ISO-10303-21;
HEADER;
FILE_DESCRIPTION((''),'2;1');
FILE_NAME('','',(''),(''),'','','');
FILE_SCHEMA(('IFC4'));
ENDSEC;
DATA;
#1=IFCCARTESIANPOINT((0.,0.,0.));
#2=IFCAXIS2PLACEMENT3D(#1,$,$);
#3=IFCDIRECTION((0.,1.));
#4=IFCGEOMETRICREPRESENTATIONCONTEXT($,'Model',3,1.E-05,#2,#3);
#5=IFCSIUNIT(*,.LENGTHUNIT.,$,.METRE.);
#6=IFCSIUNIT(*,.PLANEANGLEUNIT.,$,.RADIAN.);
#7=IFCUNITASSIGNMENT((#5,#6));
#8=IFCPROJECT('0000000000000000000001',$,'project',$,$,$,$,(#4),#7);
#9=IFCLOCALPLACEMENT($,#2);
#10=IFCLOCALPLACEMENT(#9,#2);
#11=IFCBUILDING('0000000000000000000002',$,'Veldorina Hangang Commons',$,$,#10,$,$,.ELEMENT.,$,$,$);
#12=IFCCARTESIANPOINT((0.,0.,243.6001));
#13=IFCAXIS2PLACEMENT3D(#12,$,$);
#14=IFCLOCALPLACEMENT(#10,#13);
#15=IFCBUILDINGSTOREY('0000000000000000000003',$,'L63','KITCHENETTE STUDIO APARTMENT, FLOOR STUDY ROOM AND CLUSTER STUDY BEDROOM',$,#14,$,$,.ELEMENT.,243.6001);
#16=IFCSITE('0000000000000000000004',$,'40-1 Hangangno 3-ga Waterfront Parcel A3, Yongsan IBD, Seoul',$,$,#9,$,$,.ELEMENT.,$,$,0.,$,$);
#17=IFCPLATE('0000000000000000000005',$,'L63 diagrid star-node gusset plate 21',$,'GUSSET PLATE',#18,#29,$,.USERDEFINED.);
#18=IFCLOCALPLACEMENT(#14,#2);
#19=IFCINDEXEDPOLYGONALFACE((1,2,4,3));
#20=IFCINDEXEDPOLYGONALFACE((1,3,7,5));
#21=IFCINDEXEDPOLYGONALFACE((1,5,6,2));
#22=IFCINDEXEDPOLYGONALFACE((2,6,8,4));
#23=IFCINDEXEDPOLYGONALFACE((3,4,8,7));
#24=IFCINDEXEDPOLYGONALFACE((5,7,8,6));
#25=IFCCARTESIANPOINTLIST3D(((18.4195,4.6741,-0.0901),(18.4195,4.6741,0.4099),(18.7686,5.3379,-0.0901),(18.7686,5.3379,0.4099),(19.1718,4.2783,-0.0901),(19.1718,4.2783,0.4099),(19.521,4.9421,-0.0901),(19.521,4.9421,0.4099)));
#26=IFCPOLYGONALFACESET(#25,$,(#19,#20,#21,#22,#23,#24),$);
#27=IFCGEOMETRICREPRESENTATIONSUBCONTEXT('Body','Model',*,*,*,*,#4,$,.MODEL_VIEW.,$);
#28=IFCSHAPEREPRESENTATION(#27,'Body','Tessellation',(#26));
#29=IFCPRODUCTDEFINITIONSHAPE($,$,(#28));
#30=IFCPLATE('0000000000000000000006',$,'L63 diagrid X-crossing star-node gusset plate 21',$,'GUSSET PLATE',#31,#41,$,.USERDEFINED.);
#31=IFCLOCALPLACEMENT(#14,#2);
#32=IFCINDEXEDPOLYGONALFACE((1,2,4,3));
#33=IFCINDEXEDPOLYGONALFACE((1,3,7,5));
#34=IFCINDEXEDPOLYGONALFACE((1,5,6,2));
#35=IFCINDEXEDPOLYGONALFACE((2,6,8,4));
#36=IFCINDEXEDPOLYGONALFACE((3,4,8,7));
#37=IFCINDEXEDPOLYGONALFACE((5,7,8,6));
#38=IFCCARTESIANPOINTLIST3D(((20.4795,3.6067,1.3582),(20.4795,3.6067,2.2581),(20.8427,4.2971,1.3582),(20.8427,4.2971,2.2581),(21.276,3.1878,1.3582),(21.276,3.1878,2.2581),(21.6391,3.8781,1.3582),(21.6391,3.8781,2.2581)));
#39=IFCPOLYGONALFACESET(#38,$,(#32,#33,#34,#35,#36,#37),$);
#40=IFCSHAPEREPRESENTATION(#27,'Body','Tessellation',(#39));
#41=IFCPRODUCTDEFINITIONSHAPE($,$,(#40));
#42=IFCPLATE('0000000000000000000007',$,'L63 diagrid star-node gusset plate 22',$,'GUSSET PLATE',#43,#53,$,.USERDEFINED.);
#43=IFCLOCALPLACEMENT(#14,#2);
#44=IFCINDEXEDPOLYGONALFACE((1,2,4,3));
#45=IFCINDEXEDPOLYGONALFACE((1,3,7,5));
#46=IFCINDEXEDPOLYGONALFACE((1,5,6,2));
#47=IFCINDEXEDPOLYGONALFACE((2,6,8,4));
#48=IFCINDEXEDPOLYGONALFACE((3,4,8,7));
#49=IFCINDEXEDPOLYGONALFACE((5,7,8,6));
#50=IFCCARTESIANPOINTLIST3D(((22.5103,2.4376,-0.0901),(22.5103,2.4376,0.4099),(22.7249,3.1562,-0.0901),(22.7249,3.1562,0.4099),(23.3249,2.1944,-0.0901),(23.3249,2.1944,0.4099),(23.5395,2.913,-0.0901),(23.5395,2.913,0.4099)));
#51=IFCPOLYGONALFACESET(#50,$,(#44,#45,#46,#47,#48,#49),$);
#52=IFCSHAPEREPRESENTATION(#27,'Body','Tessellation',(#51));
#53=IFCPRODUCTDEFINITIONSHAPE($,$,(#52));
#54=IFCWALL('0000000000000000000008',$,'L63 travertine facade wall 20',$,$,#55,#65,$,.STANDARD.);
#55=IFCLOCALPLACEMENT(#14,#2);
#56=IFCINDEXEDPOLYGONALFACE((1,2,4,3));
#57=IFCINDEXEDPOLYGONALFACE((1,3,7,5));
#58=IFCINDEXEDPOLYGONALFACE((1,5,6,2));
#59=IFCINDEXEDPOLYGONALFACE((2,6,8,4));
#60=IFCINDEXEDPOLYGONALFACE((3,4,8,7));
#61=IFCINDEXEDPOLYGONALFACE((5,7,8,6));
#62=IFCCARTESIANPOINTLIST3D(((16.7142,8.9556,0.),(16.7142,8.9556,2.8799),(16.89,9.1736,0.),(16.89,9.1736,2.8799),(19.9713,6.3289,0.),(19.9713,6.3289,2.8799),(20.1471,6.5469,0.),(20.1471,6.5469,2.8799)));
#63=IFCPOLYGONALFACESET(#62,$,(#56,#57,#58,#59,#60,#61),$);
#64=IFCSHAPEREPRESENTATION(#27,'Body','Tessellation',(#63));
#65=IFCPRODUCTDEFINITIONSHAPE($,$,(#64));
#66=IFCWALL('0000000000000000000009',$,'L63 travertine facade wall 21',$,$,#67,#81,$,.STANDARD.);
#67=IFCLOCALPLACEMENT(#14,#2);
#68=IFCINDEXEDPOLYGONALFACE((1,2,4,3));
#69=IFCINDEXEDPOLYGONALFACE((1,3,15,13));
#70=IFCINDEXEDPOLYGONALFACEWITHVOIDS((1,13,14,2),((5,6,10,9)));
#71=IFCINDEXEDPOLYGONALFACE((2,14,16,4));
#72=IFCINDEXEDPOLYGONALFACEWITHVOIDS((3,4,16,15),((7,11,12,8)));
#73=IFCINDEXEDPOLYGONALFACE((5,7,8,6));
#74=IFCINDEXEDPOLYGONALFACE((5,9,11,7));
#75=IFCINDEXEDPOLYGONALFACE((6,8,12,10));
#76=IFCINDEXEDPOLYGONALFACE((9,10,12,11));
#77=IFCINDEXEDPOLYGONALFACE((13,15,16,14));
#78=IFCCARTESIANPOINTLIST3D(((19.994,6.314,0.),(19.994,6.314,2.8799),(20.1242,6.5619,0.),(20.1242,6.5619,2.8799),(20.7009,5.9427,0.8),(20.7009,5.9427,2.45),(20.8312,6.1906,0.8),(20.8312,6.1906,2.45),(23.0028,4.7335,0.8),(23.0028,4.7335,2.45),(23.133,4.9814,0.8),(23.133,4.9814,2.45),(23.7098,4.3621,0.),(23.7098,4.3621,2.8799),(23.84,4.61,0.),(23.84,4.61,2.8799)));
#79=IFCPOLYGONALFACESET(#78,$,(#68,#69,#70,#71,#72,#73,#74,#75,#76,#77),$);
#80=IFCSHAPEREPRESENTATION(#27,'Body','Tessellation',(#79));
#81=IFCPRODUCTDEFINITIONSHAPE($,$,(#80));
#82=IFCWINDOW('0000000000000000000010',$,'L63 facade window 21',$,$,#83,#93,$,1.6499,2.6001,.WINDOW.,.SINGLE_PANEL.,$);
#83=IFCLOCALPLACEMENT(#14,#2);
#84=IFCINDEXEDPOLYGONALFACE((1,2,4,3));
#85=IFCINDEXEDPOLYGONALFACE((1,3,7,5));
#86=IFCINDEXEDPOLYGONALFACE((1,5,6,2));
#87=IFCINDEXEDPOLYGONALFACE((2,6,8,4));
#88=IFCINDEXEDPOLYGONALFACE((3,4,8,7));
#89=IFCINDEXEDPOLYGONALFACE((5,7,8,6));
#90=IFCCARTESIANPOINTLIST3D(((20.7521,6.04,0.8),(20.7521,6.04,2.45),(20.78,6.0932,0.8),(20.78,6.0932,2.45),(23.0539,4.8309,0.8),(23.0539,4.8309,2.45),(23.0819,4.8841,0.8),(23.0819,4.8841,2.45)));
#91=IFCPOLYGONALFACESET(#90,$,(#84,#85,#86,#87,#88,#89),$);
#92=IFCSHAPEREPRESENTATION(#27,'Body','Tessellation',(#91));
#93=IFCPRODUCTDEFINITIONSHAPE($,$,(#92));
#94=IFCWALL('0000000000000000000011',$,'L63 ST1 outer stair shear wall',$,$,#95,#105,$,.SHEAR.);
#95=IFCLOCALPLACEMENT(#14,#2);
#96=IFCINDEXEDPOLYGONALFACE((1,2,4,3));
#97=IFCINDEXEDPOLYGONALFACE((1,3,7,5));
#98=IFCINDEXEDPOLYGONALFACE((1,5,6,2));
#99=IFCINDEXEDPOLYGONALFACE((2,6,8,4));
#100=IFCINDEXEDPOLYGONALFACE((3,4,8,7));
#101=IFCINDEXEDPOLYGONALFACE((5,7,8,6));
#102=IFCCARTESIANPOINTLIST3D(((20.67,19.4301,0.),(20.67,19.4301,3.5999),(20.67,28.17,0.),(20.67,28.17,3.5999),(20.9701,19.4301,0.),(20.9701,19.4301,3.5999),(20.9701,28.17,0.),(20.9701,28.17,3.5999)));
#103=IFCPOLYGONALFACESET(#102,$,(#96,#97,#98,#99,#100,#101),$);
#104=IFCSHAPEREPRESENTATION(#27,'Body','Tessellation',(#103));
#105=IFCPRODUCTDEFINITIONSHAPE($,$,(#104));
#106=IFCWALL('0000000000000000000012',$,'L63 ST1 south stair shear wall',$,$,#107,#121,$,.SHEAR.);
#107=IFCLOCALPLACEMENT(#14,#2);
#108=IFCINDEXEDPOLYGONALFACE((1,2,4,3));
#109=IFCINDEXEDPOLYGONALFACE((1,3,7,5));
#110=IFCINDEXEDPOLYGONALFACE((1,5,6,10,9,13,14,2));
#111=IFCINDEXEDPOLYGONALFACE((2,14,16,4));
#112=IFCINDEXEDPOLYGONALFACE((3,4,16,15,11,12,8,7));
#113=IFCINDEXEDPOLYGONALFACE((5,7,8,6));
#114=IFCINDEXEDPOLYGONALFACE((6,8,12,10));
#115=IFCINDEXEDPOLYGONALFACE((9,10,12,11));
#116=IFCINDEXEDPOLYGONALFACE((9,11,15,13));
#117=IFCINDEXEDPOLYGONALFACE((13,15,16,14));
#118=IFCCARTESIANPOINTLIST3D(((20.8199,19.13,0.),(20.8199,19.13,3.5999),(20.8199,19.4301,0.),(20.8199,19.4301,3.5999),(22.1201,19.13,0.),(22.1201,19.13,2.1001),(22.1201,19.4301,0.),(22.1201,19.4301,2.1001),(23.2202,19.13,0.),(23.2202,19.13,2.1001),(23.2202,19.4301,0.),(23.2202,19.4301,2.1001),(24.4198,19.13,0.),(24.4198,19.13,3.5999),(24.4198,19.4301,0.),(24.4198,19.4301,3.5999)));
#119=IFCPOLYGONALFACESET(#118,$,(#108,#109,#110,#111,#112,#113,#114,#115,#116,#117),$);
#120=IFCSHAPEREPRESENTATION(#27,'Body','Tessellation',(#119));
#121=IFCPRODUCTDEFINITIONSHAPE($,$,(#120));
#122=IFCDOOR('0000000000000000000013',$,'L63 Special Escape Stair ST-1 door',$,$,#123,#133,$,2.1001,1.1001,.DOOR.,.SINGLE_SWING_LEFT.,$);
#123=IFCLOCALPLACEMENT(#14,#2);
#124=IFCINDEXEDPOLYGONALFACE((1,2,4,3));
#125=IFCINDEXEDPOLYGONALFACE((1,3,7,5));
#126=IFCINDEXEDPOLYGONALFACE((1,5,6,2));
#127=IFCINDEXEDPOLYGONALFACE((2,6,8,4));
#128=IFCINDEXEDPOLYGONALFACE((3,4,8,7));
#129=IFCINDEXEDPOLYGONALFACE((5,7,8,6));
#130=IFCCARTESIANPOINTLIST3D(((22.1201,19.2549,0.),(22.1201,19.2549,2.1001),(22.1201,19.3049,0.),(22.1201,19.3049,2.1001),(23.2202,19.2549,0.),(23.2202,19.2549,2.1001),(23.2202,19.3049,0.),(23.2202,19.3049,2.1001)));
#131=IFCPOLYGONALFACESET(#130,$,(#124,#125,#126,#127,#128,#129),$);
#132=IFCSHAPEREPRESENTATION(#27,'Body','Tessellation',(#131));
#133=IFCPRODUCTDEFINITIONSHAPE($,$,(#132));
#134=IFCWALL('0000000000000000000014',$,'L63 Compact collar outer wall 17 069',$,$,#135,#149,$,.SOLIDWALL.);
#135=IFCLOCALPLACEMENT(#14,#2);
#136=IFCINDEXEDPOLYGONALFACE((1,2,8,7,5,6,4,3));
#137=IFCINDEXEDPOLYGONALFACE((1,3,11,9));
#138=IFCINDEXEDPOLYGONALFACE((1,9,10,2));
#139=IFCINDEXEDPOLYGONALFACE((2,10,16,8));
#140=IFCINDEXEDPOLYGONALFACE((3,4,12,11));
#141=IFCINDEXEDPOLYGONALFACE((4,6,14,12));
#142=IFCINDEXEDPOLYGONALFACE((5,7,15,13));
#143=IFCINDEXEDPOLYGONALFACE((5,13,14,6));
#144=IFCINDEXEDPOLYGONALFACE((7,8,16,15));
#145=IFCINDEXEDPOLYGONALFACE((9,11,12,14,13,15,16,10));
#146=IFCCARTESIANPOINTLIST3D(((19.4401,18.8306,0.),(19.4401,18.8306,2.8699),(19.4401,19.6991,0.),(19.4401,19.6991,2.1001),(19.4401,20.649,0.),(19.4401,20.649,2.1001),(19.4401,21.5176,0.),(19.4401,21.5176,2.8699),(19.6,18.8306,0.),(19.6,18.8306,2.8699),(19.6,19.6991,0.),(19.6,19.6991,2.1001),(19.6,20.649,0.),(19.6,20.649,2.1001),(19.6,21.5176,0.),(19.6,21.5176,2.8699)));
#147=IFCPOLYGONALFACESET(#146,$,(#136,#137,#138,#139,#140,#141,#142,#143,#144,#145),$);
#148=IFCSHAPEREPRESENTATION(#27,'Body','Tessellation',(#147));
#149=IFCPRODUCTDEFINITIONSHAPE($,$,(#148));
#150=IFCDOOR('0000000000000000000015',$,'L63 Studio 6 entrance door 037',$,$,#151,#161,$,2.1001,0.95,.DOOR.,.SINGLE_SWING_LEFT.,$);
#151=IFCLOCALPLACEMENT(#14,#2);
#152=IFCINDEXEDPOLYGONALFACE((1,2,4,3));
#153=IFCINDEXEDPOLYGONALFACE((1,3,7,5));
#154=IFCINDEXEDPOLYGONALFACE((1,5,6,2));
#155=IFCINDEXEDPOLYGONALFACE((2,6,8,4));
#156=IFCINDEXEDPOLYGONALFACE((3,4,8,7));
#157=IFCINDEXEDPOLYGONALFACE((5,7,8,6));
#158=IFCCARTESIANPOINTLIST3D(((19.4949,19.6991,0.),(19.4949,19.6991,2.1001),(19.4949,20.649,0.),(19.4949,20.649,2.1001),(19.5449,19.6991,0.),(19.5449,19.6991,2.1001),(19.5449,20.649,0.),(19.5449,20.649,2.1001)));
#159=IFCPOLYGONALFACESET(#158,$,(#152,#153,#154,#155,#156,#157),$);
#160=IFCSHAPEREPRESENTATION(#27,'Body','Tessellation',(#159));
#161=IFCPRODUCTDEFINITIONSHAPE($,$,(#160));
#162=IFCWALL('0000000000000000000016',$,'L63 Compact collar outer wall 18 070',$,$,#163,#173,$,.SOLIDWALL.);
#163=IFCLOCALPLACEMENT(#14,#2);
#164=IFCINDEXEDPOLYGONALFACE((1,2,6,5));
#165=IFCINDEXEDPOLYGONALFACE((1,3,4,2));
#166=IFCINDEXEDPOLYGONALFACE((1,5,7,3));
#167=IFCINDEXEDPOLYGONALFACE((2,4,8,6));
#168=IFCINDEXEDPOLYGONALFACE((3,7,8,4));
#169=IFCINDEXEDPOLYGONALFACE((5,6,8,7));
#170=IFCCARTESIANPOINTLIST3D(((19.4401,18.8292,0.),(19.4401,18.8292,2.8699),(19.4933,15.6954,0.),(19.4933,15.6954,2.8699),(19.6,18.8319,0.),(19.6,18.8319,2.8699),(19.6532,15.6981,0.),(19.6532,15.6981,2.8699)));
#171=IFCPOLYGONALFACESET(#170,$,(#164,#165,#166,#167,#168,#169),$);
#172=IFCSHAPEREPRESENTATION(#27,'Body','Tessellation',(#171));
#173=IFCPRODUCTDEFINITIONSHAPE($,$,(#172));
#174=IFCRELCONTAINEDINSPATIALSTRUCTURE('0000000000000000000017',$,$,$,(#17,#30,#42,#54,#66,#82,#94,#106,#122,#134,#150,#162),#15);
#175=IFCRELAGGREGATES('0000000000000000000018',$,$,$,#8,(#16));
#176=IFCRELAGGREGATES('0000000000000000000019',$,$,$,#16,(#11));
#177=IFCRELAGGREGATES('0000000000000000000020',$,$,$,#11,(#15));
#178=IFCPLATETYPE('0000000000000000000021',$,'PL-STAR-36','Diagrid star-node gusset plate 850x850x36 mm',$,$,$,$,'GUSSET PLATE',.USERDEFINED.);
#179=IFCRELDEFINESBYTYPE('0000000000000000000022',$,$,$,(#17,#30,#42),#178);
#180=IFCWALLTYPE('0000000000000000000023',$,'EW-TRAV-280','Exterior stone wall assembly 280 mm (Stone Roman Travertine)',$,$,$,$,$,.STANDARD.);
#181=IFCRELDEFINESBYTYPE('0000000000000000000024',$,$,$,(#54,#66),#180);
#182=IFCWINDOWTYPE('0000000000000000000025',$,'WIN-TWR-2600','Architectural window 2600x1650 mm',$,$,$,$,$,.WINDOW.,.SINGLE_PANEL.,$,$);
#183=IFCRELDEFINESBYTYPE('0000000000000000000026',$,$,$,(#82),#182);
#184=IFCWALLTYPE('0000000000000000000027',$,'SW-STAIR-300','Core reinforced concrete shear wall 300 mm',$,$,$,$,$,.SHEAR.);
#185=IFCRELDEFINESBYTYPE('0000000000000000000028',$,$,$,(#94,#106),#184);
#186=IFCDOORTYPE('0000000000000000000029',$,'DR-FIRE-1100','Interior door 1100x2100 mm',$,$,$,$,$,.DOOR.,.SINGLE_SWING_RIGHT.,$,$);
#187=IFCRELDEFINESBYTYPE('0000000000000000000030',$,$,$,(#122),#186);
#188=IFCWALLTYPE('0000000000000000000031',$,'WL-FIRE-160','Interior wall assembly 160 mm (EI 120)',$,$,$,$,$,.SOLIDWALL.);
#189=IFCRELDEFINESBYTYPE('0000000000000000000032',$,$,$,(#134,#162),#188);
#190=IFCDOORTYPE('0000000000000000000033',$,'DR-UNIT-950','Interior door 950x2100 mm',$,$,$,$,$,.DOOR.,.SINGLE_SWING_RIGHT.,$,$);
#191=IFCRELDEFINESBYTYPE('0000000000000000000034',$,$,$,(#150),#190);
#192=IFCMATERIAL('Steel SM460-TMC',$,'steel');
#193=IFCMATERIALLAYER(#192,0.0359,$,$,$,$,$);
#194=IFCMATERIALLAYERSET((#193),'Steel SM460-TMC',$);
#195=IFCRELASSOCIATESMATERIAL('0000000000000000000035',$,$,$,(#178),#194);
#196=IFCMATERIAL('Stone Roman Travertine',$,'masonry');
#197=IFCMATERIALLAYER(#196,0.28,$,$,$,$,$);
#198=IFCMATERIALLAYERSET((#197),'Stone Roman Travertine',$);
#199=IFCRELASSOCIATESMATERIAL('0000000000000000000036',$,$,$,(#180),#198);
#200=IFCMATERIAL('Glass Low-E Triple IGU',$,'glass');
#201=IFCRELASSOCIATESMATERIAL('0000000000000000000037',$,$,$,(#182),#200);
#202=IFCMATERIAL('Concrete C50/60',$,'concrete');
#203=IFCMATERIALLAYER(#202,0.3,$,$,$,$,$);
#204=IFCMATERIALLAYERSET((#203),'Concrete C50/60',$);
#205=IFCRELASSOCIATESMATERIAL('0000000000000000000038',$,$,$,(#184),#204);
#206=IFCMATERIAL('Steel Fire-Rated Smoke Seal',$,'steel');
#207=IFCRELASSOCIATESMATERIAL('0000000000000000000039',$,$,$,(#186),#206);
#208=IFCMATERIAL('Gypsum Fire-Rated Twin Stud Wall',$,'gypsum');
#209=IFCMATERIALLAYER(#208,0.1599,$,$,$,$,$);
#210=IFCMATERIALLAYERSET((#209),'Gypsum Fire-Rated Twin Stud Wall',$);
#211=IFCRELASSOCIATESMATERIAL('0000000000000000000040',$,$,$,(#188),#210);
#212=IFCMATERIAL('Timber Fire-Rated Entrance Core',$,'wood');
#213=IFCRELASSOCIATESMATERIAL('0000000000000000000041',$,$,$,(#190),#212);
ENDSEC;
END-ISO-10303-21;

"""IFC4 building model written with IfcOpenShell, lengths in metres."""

from ifc_helpers import new_model, si_unit, direction, frame, frame_2d, origin, origin_2d, place, context, subcontext, project, spatial, rectangle, extrude, material, layer, layer_set, type_object, element, fill, save


model = new_model("IFC4")

# Units and contexts
model_context = context("Model", 3, precision=1e-05, world=origin(), true_north=direction((0.0, 1.0)))
body_context = subcontext(model_context, "Body", "Model", "MODEL_VIEW")
ifc_project = project(units=[si_unit("LENGTHUNIT", "METRE"), si_unit("PLANEANGLEUNIT", "RADIAN")], contexts=[model_context])

# Site, building, storey
site_placement = place(None, origin())
site = spatial("IfcSite", under=ifc_project, at=site_placement, Name="40-1 Hangangno 3-ga Waterfront Parcel A3, Yongsan IBD, Seoul", CompositionType="ELEMENT", RefElevation=0.0)
building_placement = place(site_placement, origin())
building = spatial("IfcBuilding", under=site, at=building_placement, Name="Veldorina Hangang Commons", CompositionType="ELEMENT")
storey_placement = place(building_placement, frame((0.0, 0.0, 243.6001)))
storey = spatial("IfcBuildingStorey", under=building, at=storey_placement, Name="L63", Description="KITCHENETTE STUDIO APARTMENT, FLOOR STUDY ROOM AND CLUSTER STUDY BEDROOM", CompositionType="ELEMENT", Elevation=243.6001)

# Plates
ifc_material_1 = material(Name="Steel SM460-TMC", Category="steel")
ifc_layer_1 = layer(ifc_material_1, 0.0359)
ifc_layer_set_1 = layer_set([ifc_layer_1], Name="Steel SM460-TMC")
plate_type = type_object("IfcPlateType", Name="PL-STAR-36", Description="Diagrid star-node gusset plate 850x850x36 mm", ElementType="GUSSET PLATE", PredefinedType="USERDEFINED", material=ifc_layer_set_1)
plate_1_placement = place(storey_placement, frame((18.9702, 4.8081, -0.0901), z_axis=(0.0, 0.0, 1.0), x_axis=(0.885012, -0.465568, 0.0)))
element("IfcPlate", 1, at=plate_1_placement, inside=storey, type_object=plate_type, Name="L63 diagrid star-node gusset plate 21", ObjectType="GUSSET PLATE", PredefinedType="USERDEFINED", context=body_context, shape_type="SweptSolid", body=[
    extrude(rectangle(XDim=0.8501, YDim=0.75, at=origin_2d()), origin(), (0.0, 0.0, 1.0), 0.5),
])
plate_2_placement = place(storey_placement, frame((21.0593, 3.7424, 1.3582), z_axis=(0.0, 0.0, 1.0), x_axis=(0.885012, -0.465568, 0.0)))
element("IfcPlate", 2, at=plate_2_placement, inside=storey, type_object=plate_type, Name="L63 diagrid X-crossing star-node gusset plate 21", ObjectType="GUSSET PLATE", PredefinedType="USERDEFINED", context=body_context, shape_type="SweptSolid", body=[
    extrude(rectangle(XDim=0.8999, YDim=0.78, at=origin_2d()), origin(), (0.0, 0.0, 1.0), 0.8999),
])
plate_3_placement = place(storey_placement, frame((23.0249, 2.6753, -0.0901), z_axis=(0.0, 0.0, 1.0), x_axis=(0.958208, -0.286073, 0.0)))
element("IfcPlate", 3, at=plate_3_placement, inside=storey, type_object=plate_type, Name="L63 diagrid star-node gusset plate 22", ObjectType="GUSSET PLATE", PredefinedType="USERDEFINED", context=body_context, shape_type="SweptSolid", body=[
    extrude(rectangle(XDim=0.8501, YDim=0.75, at=origin_2d()), origin(), (0.0, 0.0, 1.0), 0.5),
])

# Wall
ifc_material_2 = material(Name="Stone Roman Travertine", Category="masonry")
ifc_layer_2 = layer(ifc_material_2, 0.28)
ifc_layer_set_2 = layer_set([ifc_layer_2], Name="Stone Roman Travertine")
wall_type_1 = type_object("IfcWallType", Name="EW-TRAV-280", Description="Exterior stone wall assembly 280 mm (Stone Roman Travertine)", PredefinedType="STANDARD", material=ifc_layer_set_2)
wall_1_placement = place(storey_placement, frame((16.802, 9.0647, 0.0), z_axis=(0.0, 0.0, 1.0), x_axis=(0.778409, -0.627757, 0.0)))
element("IfcWall", 4, at=wall_1_placement, inside=storey, type_object=wall_type_1, Name="L63 travertine facade wall 20", PredefinedType="STANDARD", context=body_context, shape_type="SweptSolid", body=[
    extrude(rectangle(XDim=4.1843, YDim=0.28, at=frame_2d((2.0923, 0.0))), origin(), (0.0, 0.0, 1.0), 2.8799),
])

# Wall, opening, window
wall_2_placement = place(storey_placement, frame((20.0591, 6.438, 0.0), z_axis=(0.0, 0.0, 1.0), x_axis=(0.88529, -0.465039, 0.0)))
wall_2 = element("IfcWall", 5, at=wall_2_placement, inside=storey, type_object=wall_type_1, Name="L63 travertine facade wall 21", PredefinedType="STANDARD", context=body_context, shape_type="SweptSolid", body=[
    extrude(rectangle(XDim=4.1973, YDim=0.28, at=frame_2d((2.0986, 0.0))), origin(), (0.0, 0.0, 1.0), 2.8799),
])
opening_1_placement = place(wall_2_placement, frame((0.7986, 0.0, 0.8)))
opening_1 = element("IfcOpeningElement", 6, at=opening_1_placement, cuts=wall_2, PredefinedType="OPENING", context=body_context, shape_type="SweptSolid", body=[
    extrude(rectangle(XDim=2.6001, YDim=1.6499, at=frame_2d((1.3, 0.825))), frame((0.0, 0.1499, 0.0), z_axis=(0.0, -1.0, 0.0), x_axis=(1.0, 0.0, 0.0)), (0.0, 0.0, 1.0), 0.3),
])
ifc_material_3 = material(Name="Glass Low-E Triple IGU", Category="glass")
window_type = type_object("IfcWindowType", Name="WIN-TWR-2600", Description="Architectural window 2600x1650 mm", PartitioningType="SINGLE_PANEL", PredefinedType="WINDOW", material=ifc_material_3)
window_placement = place(opening_1_placement, origin())
window = element("IfcWindow", 7, at=window_placement, inside=storey, type_object=window_type, Name="L63 facade window 21", OverallHeight=1.6499, OverallWidth=2.6001, PartitioningType="SINGLE_PANEL", PredefinedType="WINDOW", context=body_context, shape_type="SweptSolid", body=[
    extrude(rectangle(XDim=2.6001, YDim=1.6499, at=frame_2d((1.3, 0.825))), frame((0.0, 0.03, 0.0), z_axis=(0.0, -1.0, 0.0), x_axis=(1.0, 0.0, 0.0)), (0.0, 0.0, 1.0), 0.0601),
])
fill(opening_1, window)

# Wall
ifc_material_4 = material(Name="Concrete C50/60", Category="concrete")
ifc_layer_3 = layer(ifc_material_4, 0.3)
ifc_layer_set_3 = layer_set([ifc_layer_3], Name="Concrete C50/60")
wall_type_2 = type_object("IfcWallType", Name="SW-STAIR-300", Description="Core reinforced concrete shear wall 300 mm", PredefinedType="SHEAR", material=ifc_layer_set_3)
wall_3_placement = place(storey_placement, frame((20.8201, 19.4299, 0.0), z_axis=(0.0, 0.0, 1.0), x_axis=(0.0, 1.0, 0.0)))
element("IfcWall", 8, at=wall_3_placement, inside=storey, type_object=wall_type_2, Name="L63 ST1 outer stair shear wall", PredefinedType="SHEAR", context=body_context, shape_type="SweptSolid", body=[
    extrude(rectangle(XDim=8.74, YDim=0.3, at=frame_2d((4.3701, 0.0))), origin(), (0.0, 0.0, 1.0), 3.5999),
])

# Walls, openings, doors
wall_4_placement = place(storey_placement, frame((20.8201, 19.28, 0.0), z_axis=(0.0, 0.0, 1.0), x_axis=(1.0, 0.0, 0.0)))
wall_4 = element("IfcWall", 9, at=wall_4_placement, inside=storey, type_object=wall_type_2, Name="L63 ST1 south stair shear wall", PredefinedType="SHEAR", context=body_context, shape_type="SweptSolid", body=[
    extrude(rectangle(XDim=3.5999, YDim=0.3, at=frame_2d((1.7998, 0.0))), origin(), (0.0, 0.0, 1.0), 3.5999),
])
opening_2_placement = place(wall_4_placement, frame((1.3, 0.0, 0.0)))
opening_2 = element("IfcOpeningElement", 10, at=opening_2_placement, cuts=wall_4, PredefinedType="OPENING", context=body_context, shape_type="SweptSolid", body=[
    extrude(rectangle(XDim=1.1001, YDim=2.1001, at=frame_2d((0.55, 1.05))), frame((0.0, 0.1602, 0.0), z_axis=(0.0, -1.0, 0.0), x_axis=(1.0, 0.0, 0.0)), (0.0, 0.0, 1.0), 0.3201),
])
ifc_material_5 = material(Name="Steel Fire-Rated Smoke Seal", Category="steel")
door_type_1 = type_object("IfcDoorType", Name="DR-FIRE-1100", Description="Interior door 1100x2100 mm", OperationType="SINGLE_SWING_RIGHT", PredefinedType="DOOR", material=ifc_material_5)
door_1_placement = place(opening_2_placement, origin())
door_1 = element("IfcDoor", 11, at=door_1_placement, inside=storey, type_object=door_type_1, Name="L63 Special Escape Stair ST-1 door", OperationType="SINGLE_SWING_LEFT", OverallHeight=2.1001, OverallWidth=1.1001, PredefinedType="DOOR", context=body_context, shape_type="SweptSolid", body=[
    extrude(rectangle(XDim=1.1001, YDim=2.1001, at=frame_2d((0.55, 1.05))), frame((0.0, 0.0249, 0.0), z_axis=(0.0, -1.0, 0.0), x_axis=(1.0, 0.0, 0.0)), (0.0, 0.0, 1.0), 0.05),
])
fill(opening_2, door_1)
ifc_material_6 = material(Name="Gypsum Fire-Rated Twin Stud Wall", Category="gypsum")
ifc_layer_4 = layer(ifc_material_6, 0.1599)
ifc_layer_set_4 = layer_set([ifc_layer_4], Name="Gypsum Fire-Rated Twin Stud Wall")
wall_type_3 = type_object("IfcWallType", Name="WL-FIRE-160", Description="Interior wall assembly 160 mm (EI 120)", PredefinedType="SOLIDWALL", material=ifc_layer_set_4)
wall_5_placement = place(storey_placement, frame((19.52, 21.5176, 0.0), z_axis=(0.0, 0.0, 1.0), x_axis=(0.0, -1.0, 0.0)))
wall_5 = element("IfcWall", 12, at=wall_5_placement, inside=storey, type_object=wall_type_3, Name="L63 Compact collar outer wall 17 069", PredefinedType="SOLIDWALL", context=body_context, shape_type="SweptSolid", body=[
    extrude(rectangle(XDim=2.687, YDim=0.1599, at=frame_2d((1.3435, 0.0))), origin(), (0.0, 0.0, 1.0), 2.8699),
])
opening_3_placement = place(wall_5_placement, frame((0.8684, 0.0, 0.0)))
opening_3 = element("IfcOpeningElement", 13, at=opening_3_placement, cuts=wall_5, PredefinedType="OPENING", context=body_context, shape_type="SweptSolid", body=[
    extrude(rectangle(XDim=0.95, YDim=2.1001, at=frame_2d((0.4751, 1.05))), frame((0.0, 0.0898, 0.0), z_axis=(0.0, -1.0, 0.0), x_axis=(1.0, 0.0, 0.0)), (0.0, 0.0, 1.0), 0.1799),
])
ifc_material_7 = material(Name="Timber Fire-Rated Entrance Core", Category="wood")
door_type_2 = type_object("IfcDoorType", Name="DR-UNIT-950", Description="Interior door 950x2100 mm", OperationType="SINGLE_SWING_RIGHT", PredefinedType="DOOR", material=ifc_material_7)
door_2_placement = place(opening_3_placement, origin())
door_2 = element("IfcDoor", 14, at=door_2_placement, inside=storey, type_object=door_type_2, Name="L63 Studio 6 entrance door 037", OperationType="SINGLE_SWING_LEFT", OverallHeight=2.1001, OverallWidth=0.95, PredefinedType="DOOR", context=body_context, shape_type="SweptSolid", body=[
    extrude(rectangle(XDim=0.95, YDim=2.1001, at=frame_2d((0.4751, 1.05))), frame((0.0, 0.0249, 0.0), z_axis=(0.0, -1.0, 0.0), x_axis=(1.0, 0.0, 0.0)), (0.0, 0.0, 1.0), 0.05),
])
fill(opening_3, door_2)

# Wall
wall_6_placement = place(storey_placement, frame((19.52, 18.8306, 0.0), z_axis=(0.0, 0.0, 1.0), x_axis=(0.016981, -0.999856, 0.0)))
element("IfcWall", 15, at=wall_6_placement, inside=storey, type_object=wall_type_3, Name="L63 Compact collar outer wall 18 070", PredefinedType="SOLIDWALL", context=body_context, shape_type="SweptSolid", body=[
    extrude(rectangle(XDim=3.1343, YDim=0.1599, at=frame_2d((1.5671, 0.0))), origin(), (0.0, 0.0, 1.0), 2.8699),
])

save(model, "model.ifc")
